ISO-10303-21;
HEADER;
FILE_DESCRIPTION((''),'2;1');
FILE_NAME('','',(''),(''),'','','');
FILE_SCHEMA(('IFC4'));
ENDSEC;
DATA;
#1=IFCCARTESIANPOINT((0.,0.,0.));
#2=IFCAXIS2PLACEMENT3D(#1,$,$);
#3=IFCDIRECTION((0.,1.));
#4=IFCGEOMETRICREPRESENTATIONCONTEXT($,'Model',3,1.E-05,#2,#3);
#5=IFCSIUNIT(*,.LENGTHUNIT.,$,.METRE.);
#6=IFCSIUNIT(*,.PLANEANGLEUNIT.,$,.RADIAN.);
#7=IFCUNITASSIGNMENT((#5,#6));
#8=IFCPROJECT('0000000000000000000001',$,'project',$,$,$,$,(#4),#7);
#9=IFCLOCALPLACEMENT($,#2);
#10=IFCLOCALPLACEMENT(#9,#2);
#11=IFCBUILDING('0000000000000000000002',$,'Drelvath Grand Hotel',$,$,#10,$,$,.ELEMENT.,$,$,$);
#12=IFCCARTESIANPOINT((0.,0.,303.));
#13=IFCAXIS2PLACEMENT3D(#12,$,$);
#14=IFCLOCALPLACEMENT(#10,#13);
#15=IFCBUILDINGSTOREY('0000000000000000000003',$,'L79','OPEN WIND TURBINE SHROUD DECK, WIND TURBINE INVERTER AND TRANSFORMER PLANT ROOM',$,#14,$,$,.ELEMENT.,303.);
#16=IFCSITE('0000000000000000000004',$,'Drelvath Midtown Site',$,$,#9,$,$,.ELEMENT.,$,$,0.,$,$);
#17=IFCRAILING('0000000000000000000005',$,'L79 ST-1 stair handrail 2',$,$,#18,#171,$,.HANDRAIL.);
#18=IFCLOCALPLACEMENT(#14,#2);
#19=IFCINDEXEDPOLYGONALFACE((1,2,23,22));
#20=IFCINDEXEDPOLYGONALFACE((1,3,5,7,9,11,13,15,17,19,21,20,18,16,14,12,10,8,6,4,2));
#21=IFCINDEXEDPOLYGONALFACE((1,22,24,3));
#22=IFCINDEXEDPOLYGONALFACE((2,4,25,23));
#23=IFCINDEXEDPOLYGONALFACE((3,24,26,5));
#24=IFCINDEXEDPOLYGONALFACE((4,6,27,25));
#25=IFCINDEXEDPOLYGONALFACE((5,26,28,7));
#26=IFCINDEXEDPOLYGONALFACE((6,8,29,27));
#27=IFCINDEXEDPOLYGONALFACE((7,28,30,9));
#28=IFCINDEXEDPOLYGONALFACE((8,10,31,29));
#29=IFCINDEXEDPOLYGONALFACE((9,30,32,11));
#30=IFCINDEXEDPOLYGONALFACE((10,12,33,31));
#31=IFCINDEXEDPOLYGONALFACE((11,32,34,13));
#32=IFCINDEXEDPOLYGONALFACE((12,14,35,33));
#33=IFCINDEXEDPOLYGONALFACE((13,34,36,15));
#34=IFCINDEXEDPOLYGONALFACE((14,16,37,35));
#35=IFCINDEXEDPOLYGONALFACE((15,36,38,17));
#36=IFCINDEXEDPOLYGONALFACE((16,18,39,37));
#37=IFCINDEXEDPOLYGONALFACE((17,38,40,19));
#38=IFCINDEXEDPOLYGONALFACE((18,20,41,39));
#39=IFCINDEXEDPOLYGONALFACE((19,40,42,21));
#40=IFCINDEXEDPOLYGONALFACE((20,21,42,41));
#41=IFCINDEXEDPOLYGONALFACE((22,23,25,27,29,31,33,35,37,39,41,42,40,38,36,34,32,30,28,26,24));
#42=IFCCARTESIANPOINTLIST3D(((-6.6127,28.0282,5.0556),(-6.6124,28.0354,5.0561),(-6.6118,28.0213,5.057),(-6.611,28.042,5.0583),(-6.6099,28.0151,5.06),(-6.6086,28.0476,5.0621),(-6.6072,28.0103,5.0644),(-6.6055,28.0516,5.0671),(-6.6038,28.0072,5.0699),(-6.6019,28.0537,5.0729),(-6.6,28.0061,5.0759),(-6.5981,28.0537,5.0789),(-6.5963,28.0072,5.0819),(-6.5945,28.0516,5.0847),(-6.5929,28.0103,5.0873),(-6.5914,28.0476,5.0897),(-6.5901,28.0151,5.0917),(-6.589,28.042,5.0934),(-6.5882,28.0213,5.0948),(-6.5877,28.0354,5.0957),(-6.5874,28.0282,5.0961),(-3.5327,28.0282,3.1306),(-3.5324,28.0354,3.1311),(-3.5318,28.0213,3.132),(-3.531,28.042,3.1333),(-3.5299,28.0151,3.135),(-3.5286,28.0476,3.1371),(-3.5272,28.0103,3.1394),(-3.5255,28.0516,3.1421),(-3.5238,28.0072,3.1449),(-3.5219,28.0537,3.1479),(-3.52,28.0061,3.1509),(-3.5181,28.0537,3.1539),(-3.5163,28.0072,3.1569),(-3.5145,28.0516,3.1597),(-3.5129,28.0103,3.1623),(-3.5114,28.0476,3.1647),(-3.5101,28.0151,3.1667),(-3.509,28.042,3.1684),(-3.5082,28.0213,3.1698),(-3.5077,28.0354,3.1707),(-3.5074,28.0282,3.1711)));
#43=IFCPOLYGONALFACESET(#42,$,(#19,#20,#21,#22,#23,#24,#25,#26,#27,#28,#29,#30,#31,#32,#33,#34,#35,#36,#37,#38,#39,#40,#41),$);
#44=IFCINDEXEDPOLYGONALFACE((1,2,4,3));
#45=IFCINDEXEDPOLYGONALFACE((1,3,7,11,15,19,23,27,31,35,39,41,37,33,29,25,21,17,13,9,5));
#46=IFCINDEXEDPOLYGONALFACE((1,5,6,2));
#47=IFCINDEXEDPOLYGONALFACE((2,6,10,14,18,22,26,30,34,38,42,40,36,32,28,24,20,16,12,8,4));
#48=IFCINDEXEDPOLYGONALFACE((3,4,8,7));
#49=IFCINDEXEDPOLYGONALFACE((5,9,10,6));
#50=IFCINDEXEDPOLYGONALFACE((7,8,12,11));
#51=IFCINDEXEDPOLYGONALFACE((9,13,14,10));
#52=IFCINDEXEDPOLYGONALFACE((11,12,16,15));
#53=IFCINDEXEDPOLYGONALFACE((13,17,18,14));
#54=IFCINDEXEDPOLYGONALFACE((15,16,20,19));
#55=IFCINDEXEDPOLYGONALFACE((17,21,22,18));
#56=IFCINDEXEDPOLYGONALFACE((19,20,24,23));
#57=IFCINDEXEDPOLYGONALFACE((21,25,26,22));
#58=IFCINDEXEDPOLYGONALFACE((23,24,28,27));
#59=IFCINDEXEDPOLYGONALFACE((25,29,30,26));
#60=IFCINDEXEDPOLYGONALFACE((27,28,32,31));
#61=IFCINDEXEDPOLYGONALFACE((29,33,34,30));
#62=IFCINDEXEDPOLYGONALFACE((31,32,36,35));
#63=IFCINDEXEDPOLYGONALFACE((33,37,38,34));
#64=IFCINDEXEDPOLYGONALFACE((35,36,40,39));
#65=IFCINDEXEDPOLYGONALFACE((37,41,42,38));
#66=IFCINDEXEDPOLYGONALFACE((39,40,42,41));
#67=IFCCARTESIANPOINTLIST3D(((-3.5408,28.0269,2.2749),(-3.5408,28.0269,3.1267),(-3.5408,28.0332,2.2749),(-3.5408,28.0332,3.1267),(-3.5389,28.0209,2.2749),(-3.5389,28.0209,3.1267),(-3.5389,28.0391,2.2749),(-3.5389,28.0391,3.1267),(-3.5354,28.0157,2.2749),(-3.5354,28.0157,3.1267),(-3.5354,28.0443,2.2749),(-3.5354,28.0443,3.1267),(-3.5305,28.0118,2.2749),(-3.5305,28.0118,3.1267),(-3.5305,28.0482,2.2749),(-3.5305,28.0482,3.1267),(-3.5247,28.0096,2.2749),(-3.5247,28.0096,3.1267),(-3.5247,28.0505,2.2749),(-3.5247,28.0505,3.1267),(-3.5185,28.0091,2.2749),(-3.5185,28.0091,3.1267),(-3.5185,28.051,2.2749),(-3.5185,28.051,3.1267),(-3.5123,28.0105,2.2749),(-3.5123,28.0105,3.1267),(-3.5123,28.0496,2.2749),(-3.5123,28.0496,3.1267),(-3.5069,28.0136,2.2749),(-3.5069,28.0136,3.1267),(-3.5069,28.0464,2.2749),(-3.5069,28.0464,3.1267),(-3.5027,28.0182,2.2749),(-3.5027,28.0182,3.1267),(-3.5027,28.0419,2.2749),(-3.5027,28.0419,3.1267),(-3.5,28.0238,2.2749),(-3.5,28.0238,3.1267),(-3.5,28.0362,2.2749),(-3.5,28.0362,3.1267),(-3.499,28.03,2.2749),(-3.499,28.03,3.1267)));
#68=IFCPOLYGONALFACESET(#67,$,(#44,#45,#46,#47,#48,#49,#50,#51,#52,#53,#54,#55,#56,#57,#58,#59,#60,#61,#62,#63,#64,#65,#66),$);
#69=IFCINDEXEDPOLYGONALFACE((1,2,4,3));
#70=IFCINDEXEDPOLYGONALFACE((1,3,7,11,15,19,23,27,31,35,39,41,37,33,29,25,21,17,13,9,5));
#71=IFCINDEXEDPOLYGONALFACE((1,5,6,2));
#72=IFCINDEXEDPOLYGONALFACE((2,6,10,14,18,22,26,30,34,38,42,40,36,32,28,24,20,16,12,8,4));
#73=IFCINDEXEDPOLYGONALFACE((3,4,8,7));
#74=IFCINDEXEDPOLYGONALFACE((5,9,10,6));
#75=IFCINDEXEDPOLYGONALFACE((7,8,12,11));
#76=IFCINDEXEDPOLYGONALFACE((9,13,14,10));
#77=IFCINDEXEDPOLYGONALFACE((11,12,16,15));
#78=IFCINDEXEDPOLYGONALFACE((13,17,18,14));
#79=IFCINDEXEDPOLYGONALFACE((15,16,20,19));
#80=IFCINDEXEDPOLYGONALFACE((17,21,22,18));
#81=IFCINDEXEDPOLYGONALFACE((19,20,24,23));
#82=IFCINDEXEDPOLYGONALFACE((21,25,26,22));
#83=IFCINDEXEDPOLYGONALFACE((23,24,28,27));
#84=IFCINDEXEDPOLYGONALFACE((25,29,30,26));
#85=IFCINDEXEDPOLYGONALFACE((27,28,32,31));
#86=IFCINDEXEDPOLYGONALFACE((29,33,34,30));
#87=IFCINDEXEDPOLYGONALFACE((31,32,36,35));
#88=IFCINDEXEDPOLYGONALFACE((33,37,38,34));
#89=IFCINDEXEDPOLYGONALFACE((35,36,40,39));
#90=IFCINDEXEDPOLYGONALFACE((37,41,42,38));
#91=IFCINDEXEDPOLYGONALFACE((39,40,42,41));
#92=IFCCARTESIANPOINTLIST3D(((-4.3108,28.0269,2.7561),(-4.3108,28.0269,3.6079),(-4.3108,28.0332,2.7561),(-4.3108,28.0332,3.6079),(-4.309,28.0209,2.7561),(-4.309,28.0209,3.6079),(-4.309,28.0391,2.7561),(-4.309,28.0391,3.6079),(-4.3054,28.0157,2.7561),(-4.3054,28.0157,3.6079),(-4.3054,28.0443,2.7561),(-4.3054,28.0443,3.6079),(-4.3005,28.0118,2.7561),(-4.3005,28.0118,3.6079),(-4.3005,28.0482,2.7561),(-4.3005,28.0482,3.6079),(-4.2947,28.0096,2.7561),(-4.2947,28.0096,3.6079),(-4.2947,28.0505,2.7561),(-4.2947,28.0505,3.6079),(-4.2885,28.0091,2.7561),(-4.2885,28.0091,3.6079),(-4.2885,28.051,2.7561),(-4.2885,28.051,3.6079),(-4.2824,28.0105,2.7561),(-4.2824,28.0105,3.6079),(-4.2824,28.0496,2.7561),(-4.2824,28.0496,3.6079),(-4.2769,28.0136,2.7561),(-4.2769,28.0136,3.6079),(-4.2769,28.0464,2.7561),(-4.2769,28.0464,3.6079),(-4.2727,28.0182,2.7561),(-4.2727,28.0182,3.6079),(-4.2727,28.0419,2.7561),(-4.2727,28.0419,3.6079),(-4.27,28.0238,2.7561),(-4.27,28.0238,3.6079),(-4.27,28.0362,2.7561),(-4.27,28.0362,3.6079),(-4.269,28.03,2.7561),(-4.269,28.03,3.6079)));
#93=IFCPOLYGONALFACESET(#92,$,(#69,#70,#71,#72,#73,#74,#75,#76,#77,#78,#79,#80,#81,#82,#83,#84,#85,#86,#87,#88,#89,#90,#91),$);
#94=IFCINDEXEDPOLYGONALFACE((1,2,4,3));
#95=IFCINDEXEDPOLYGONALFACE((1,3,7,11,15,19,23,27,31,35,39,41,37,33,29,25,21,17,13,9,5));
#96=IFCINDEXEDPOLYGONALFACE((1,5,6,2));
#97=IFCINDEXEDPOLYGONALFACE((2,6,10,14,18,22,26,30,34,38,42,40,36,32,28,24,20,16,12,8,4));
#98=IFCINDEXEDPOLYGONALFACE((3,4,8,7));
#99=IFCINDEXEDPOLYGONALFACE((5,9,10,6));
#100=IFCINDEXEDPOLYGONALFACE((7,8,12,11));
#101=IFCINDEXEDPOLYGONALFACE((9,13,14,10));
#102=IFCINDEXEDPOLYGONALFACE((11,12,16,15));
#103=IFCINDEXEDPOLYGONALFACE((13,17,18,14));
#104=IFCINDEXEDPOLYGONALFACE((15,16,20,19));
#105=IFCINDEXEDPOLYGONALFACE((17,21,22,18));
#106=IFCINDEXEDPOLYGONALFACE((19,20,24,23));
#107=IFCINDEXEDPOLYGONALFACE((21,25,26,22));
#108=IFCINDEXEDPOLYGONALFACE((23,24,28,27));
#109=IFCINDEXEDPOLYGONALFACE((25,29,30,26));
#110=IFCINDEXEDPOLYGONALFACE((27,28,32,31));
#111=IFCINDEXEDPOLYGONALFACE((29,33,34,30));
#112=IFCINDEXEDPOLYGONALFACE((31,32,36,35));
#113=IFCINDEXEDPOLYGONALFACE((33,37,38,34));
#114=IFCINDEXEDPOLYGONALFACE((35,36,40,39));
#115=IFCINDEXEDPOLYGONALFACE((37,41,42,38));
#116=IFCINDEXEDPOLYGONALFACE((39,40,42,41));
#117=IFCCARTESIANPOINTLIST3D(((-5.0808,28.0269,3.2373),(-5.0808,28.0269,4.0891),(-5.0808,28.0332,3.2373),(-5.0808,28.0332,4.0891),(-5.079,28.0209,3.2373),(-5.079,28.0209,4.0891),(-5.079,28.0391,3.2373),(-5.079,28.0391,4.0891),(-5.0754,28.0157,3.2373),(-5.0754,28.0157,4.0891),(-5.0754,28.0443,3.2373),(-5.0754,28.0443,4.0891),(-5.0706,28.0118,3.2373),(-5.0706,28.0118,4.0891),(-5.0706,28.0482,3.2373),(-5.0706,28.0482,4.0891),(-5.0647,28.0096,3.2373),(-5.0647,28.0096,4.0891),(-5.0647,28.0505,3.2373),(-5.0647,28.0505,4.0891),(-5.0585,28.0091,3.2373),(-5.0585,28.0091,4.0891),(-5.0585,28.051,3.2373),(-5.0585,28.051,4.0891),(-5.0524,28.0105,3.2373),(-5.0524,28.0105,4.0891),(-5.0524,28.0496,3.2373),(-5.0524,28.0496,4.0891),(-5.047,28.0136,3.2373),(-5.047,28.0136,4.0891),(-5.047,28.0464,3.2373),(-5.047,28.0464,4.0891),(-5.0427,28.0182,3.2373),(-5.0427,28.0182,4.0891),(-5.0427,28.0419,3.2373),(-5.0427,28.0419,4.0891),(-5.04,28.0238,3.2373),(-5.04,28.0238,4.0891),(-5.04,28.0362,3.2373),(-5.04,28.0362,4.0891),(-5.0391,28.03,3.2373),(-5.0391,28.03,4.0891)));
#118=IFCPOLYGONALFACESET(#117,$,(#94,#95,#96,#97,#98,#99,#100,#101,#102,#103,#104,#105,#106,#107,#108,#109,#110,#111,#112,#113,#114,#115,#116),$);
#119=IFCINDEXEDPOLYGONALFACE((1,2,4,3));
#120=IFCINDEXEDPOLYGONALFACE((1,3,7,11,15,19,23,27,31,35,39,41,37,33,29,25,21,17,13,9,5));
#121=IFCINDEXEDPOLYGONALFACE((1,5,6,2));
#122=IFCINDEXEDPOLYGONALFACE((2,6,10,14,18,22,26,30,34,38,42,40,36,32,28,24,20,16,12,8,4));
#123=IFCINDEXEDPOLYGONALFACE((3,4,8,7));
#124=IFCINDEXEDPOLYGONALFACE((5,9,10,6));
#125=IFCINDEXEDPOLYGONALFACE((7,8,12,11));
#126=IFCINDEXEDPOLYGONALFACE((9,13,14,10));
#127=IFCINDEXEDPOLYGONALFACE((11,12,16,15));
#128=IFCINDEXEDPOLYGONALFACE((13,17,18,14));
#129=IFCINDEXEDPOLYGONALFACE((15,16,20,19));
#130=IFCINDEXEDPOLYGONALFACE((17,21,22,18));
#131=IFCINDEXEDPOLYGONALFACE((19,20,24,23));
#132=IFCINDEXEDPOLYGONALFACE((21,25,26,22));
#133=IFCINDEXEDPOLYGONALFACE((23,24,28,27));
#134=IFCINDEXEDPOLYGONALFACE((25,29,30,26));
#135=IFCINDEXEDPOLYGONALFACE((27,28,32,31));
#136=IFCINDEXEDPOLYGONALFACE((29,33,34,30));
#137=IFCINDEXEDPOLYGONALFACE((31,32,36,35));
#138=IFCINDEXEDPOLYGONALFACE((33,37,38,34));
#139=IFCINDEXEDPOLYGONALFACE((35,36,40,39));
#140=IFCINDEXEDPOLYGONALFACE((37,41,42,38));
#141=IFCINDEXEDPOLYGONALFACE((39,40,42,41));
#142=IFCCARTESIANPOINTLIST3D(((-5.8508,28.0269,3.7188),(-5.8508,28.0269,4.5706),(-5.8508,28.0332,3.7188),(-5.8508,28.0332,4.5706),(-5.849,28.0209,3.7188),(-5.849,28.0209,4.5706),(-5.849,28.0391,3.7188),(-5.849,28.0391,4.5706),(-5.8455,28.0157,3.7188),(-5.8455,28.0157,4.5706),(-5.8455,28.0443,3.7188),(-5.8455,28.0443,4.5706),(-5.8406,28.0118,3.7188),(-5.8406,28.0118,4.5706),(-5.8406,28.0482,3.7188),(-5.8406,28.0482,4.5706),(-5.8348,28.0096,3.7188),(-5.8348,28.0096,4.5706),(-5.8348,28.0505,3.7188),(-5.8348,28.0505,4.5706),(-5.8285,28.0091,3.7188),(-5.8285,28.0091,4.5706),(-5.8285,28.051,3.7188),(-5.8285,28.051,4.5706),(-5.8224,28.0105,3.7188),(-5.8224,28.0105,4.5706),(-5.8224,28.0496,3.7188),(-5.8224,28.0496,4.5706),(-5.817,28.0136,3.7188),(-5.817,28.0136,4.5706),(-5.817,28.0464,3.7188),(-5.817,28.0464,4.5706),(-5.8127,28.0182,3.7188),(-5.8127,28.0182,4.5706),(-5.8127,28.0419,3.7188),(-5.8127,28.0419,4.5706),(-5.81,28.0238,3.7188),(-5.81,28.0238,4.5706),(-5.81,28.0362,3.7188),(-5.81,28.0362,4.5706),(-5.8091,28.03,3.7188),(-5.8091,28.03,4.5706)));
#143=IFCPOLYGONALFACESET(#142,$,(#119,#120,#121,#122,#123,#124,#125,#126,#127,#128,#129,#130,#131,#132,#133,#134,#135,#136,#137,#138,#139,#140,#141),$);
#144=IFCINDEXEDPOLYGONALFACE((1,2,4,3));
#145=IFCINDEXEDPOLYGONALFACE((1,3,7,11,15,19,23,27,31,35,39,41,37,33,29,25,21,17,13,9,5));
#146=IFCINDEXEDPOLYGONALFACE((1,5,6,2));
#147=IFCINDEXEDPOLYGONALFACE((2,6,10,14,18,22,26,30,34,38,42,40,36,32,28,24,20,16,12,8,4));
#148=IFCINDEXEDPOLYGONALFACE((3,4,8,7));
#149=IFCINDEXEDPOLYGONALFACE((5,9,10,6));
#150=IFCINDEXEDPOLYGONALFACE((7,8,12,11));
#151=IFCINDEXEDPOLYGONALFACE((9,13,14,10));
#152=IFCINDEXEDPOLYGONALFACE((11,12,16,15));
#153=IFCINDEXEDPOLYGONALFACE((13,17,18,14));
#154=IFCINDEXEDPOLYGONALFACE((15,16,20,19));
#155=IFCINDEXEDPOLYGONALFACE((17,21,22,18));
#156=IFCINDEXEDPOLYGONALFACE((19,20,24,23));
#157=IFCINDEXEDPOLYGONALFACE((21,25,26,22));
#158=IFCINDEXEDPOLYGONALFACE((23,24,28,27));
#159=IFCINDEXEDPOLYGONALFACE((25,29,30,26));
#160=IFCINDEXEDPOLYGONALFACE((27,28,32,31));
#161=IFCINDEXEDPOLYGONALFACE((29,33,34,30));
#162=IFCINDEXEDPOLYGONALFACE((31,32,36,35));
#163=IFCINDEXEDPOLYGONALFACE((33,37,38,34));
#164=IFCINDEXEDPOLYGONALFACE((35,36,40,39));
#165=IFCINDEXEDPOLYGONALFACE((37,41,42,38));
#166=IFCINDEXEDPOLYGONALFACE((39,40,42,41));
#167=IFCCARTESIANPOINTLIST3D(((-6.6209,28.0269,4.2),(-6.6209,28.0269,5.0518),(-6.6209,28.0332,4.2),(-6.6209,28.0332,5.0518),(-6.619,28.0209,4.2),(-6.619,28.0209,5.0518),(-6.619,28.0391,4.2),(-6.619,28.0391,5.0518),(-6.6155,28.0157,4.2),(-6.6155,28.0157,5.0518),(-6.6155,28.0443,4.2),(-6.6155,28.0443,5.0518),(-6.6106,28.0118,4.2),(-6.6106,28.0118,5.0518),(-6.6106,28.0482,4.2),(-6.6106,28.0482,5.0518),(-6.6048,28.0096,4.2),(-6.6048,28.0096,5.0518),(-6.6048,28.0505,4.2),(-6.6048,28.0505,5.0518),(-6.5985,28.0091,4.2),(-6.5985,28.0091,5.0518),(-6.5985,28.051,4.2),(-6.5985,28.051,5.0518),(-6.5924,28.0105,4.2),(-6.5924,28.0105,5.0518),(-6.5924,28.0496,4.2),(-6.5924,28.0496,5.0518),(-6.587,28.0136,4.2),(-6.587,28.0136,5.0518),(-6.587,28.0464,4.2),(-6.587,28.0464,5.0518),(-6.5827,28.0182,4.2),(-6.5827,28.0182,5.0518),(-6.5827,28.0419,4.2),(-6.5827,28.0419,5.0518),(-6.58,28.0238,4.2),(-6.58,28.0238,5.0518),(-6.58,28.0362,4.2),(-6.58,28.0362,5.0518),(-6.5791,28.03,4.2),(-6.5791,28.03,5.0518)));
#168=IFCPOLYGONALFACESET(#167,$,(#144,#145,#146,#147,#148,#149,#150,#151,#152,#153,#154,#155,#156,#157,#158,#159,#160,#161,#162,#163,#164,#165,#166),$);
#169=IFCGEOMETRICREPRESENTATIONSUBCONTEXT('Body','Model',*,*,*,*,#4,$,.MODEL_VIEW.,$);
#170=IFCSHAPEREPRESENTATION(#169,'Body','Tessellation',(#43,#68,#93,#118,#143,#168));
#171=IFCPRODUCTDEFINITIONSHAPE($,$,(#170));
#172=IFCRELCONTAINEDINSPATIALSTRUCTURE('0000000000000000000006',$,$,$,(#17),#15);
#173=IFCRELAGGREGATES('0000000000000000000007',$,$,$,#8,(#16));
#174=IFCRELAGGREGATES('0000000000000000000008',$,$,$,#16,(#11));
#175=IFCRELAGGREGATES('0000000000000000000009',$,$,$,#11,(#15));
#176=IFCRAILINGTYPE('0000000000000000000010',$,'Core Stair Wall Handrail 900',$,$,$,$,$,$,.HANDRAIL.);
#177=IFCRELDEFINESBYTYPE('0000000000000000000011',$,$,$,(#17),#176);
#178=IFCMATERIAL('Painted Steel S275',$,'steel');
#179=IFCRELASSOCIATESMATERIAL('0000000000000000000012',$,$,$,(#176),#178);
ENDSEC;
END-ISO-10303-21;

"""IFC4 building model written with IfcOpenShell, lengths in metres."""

from ifc_helpers import new_model, si_unit, direction, frame, origin, origin_2d, place, context, subcontext, project, spatial, circle, extrude, material, type_object, element, save


model = new_model("IFC4")

# Units and contexts
model_context = context("Model", 3, precision=1e-05, world=origin(), true_north=direction((0.0, 1.0)))
body_context = subcontext(model_context, "Body", "Model", "MODEL_VIEW")
ifc_project = project(units=[si_unit("LENGTHUNIT", "METRE"), si_unit("PLANEANGLEUNIT", "RADIAN")], contexts=[model_context])

# Site, building, storey
site_placement = place(None, origin())
site = spatial("IfcSite", under=ifc_project, at=site_placement, Name="Drelvath Midtown Site", CompositionType="ELEMENT", RefElevation=0.0)
building_placement = place(site_placement, origin())
building = spatial("IfcBuilding", under=site, at=building_placement, Name="Drelvath Grand Hotel", CompositionType="ELEMENT")
storey_placement = place(building_placement, frame((0.0, 0.0, 303.0)))
storey = spatial("IfcBuildingStorey", under=building, at=storey_placement, Name="L79", Description="OPEN WIND TURBINE SHROUD DECK, WIND TURBINE INVERTER AND TRANSFORMER PLANT ROOM", CompositionType="ELEMENT", Elevation=303.0)

# Shared definitions
ifc_material_1 = material(Name="Painted Steel S275", Category="steel")

# Railing
railing_type_1 = type_object("IfcRailingType", Name="Core Stair Wall Handrail 900", PredefinedType="HANDRAIL", material=ifc_material_1)
railing_1_placement = place(storey_placement, frame((-3.52, 28.03, 2.2749)))
element("IfcRailing", 1, at=railing_1_placement, inside=storey, type_object=railing_type_1, Name="L79 ST-1 stair handrail 2", PredefinedType="HANDRAIL", context=body_context, shape_type="SweptSolid", body=[
    extrude(circle(Radius=0.0239, at=origin_2d()), frame((0.0, 0.0, 0.876), z_axis=(-0.847998, 0.0, 0.529999), x_axis=(0.0, -1.0, 0.0)), (0.0, 0.0, 1.0), 3.6321),
    extrude(circle(Radius=0.021, at=origin_2d()), origin(), (0.0, 0.0, 1.0), 0.8518),
    extrude(circle(Radius=0.021, at=origin_2d()), frame((-0.77, 0.0, 0.4812)), (0.0, 0.0, 1.0), 0.8518),
    extrude(circle(Radius=0.021, at=origin_2d()), frame((-1.54, 0.0, 0.9624)), (0.0, 0.0, 1.0), 0.8518),
    extrude(circle(Radius=0.021, at=origin_2d()), frame((-2.3101, 0.0, 1.4438)), (0.0, 0.0, 1.0), 0.8518),
    extrude(circle(Radius=0.021, at=origin_2d()), frame((-3.0801, 0.0, 1.925)), (0.0, 0.0, 1.0), 0.8518),
])

save(model, "model.ifc")
